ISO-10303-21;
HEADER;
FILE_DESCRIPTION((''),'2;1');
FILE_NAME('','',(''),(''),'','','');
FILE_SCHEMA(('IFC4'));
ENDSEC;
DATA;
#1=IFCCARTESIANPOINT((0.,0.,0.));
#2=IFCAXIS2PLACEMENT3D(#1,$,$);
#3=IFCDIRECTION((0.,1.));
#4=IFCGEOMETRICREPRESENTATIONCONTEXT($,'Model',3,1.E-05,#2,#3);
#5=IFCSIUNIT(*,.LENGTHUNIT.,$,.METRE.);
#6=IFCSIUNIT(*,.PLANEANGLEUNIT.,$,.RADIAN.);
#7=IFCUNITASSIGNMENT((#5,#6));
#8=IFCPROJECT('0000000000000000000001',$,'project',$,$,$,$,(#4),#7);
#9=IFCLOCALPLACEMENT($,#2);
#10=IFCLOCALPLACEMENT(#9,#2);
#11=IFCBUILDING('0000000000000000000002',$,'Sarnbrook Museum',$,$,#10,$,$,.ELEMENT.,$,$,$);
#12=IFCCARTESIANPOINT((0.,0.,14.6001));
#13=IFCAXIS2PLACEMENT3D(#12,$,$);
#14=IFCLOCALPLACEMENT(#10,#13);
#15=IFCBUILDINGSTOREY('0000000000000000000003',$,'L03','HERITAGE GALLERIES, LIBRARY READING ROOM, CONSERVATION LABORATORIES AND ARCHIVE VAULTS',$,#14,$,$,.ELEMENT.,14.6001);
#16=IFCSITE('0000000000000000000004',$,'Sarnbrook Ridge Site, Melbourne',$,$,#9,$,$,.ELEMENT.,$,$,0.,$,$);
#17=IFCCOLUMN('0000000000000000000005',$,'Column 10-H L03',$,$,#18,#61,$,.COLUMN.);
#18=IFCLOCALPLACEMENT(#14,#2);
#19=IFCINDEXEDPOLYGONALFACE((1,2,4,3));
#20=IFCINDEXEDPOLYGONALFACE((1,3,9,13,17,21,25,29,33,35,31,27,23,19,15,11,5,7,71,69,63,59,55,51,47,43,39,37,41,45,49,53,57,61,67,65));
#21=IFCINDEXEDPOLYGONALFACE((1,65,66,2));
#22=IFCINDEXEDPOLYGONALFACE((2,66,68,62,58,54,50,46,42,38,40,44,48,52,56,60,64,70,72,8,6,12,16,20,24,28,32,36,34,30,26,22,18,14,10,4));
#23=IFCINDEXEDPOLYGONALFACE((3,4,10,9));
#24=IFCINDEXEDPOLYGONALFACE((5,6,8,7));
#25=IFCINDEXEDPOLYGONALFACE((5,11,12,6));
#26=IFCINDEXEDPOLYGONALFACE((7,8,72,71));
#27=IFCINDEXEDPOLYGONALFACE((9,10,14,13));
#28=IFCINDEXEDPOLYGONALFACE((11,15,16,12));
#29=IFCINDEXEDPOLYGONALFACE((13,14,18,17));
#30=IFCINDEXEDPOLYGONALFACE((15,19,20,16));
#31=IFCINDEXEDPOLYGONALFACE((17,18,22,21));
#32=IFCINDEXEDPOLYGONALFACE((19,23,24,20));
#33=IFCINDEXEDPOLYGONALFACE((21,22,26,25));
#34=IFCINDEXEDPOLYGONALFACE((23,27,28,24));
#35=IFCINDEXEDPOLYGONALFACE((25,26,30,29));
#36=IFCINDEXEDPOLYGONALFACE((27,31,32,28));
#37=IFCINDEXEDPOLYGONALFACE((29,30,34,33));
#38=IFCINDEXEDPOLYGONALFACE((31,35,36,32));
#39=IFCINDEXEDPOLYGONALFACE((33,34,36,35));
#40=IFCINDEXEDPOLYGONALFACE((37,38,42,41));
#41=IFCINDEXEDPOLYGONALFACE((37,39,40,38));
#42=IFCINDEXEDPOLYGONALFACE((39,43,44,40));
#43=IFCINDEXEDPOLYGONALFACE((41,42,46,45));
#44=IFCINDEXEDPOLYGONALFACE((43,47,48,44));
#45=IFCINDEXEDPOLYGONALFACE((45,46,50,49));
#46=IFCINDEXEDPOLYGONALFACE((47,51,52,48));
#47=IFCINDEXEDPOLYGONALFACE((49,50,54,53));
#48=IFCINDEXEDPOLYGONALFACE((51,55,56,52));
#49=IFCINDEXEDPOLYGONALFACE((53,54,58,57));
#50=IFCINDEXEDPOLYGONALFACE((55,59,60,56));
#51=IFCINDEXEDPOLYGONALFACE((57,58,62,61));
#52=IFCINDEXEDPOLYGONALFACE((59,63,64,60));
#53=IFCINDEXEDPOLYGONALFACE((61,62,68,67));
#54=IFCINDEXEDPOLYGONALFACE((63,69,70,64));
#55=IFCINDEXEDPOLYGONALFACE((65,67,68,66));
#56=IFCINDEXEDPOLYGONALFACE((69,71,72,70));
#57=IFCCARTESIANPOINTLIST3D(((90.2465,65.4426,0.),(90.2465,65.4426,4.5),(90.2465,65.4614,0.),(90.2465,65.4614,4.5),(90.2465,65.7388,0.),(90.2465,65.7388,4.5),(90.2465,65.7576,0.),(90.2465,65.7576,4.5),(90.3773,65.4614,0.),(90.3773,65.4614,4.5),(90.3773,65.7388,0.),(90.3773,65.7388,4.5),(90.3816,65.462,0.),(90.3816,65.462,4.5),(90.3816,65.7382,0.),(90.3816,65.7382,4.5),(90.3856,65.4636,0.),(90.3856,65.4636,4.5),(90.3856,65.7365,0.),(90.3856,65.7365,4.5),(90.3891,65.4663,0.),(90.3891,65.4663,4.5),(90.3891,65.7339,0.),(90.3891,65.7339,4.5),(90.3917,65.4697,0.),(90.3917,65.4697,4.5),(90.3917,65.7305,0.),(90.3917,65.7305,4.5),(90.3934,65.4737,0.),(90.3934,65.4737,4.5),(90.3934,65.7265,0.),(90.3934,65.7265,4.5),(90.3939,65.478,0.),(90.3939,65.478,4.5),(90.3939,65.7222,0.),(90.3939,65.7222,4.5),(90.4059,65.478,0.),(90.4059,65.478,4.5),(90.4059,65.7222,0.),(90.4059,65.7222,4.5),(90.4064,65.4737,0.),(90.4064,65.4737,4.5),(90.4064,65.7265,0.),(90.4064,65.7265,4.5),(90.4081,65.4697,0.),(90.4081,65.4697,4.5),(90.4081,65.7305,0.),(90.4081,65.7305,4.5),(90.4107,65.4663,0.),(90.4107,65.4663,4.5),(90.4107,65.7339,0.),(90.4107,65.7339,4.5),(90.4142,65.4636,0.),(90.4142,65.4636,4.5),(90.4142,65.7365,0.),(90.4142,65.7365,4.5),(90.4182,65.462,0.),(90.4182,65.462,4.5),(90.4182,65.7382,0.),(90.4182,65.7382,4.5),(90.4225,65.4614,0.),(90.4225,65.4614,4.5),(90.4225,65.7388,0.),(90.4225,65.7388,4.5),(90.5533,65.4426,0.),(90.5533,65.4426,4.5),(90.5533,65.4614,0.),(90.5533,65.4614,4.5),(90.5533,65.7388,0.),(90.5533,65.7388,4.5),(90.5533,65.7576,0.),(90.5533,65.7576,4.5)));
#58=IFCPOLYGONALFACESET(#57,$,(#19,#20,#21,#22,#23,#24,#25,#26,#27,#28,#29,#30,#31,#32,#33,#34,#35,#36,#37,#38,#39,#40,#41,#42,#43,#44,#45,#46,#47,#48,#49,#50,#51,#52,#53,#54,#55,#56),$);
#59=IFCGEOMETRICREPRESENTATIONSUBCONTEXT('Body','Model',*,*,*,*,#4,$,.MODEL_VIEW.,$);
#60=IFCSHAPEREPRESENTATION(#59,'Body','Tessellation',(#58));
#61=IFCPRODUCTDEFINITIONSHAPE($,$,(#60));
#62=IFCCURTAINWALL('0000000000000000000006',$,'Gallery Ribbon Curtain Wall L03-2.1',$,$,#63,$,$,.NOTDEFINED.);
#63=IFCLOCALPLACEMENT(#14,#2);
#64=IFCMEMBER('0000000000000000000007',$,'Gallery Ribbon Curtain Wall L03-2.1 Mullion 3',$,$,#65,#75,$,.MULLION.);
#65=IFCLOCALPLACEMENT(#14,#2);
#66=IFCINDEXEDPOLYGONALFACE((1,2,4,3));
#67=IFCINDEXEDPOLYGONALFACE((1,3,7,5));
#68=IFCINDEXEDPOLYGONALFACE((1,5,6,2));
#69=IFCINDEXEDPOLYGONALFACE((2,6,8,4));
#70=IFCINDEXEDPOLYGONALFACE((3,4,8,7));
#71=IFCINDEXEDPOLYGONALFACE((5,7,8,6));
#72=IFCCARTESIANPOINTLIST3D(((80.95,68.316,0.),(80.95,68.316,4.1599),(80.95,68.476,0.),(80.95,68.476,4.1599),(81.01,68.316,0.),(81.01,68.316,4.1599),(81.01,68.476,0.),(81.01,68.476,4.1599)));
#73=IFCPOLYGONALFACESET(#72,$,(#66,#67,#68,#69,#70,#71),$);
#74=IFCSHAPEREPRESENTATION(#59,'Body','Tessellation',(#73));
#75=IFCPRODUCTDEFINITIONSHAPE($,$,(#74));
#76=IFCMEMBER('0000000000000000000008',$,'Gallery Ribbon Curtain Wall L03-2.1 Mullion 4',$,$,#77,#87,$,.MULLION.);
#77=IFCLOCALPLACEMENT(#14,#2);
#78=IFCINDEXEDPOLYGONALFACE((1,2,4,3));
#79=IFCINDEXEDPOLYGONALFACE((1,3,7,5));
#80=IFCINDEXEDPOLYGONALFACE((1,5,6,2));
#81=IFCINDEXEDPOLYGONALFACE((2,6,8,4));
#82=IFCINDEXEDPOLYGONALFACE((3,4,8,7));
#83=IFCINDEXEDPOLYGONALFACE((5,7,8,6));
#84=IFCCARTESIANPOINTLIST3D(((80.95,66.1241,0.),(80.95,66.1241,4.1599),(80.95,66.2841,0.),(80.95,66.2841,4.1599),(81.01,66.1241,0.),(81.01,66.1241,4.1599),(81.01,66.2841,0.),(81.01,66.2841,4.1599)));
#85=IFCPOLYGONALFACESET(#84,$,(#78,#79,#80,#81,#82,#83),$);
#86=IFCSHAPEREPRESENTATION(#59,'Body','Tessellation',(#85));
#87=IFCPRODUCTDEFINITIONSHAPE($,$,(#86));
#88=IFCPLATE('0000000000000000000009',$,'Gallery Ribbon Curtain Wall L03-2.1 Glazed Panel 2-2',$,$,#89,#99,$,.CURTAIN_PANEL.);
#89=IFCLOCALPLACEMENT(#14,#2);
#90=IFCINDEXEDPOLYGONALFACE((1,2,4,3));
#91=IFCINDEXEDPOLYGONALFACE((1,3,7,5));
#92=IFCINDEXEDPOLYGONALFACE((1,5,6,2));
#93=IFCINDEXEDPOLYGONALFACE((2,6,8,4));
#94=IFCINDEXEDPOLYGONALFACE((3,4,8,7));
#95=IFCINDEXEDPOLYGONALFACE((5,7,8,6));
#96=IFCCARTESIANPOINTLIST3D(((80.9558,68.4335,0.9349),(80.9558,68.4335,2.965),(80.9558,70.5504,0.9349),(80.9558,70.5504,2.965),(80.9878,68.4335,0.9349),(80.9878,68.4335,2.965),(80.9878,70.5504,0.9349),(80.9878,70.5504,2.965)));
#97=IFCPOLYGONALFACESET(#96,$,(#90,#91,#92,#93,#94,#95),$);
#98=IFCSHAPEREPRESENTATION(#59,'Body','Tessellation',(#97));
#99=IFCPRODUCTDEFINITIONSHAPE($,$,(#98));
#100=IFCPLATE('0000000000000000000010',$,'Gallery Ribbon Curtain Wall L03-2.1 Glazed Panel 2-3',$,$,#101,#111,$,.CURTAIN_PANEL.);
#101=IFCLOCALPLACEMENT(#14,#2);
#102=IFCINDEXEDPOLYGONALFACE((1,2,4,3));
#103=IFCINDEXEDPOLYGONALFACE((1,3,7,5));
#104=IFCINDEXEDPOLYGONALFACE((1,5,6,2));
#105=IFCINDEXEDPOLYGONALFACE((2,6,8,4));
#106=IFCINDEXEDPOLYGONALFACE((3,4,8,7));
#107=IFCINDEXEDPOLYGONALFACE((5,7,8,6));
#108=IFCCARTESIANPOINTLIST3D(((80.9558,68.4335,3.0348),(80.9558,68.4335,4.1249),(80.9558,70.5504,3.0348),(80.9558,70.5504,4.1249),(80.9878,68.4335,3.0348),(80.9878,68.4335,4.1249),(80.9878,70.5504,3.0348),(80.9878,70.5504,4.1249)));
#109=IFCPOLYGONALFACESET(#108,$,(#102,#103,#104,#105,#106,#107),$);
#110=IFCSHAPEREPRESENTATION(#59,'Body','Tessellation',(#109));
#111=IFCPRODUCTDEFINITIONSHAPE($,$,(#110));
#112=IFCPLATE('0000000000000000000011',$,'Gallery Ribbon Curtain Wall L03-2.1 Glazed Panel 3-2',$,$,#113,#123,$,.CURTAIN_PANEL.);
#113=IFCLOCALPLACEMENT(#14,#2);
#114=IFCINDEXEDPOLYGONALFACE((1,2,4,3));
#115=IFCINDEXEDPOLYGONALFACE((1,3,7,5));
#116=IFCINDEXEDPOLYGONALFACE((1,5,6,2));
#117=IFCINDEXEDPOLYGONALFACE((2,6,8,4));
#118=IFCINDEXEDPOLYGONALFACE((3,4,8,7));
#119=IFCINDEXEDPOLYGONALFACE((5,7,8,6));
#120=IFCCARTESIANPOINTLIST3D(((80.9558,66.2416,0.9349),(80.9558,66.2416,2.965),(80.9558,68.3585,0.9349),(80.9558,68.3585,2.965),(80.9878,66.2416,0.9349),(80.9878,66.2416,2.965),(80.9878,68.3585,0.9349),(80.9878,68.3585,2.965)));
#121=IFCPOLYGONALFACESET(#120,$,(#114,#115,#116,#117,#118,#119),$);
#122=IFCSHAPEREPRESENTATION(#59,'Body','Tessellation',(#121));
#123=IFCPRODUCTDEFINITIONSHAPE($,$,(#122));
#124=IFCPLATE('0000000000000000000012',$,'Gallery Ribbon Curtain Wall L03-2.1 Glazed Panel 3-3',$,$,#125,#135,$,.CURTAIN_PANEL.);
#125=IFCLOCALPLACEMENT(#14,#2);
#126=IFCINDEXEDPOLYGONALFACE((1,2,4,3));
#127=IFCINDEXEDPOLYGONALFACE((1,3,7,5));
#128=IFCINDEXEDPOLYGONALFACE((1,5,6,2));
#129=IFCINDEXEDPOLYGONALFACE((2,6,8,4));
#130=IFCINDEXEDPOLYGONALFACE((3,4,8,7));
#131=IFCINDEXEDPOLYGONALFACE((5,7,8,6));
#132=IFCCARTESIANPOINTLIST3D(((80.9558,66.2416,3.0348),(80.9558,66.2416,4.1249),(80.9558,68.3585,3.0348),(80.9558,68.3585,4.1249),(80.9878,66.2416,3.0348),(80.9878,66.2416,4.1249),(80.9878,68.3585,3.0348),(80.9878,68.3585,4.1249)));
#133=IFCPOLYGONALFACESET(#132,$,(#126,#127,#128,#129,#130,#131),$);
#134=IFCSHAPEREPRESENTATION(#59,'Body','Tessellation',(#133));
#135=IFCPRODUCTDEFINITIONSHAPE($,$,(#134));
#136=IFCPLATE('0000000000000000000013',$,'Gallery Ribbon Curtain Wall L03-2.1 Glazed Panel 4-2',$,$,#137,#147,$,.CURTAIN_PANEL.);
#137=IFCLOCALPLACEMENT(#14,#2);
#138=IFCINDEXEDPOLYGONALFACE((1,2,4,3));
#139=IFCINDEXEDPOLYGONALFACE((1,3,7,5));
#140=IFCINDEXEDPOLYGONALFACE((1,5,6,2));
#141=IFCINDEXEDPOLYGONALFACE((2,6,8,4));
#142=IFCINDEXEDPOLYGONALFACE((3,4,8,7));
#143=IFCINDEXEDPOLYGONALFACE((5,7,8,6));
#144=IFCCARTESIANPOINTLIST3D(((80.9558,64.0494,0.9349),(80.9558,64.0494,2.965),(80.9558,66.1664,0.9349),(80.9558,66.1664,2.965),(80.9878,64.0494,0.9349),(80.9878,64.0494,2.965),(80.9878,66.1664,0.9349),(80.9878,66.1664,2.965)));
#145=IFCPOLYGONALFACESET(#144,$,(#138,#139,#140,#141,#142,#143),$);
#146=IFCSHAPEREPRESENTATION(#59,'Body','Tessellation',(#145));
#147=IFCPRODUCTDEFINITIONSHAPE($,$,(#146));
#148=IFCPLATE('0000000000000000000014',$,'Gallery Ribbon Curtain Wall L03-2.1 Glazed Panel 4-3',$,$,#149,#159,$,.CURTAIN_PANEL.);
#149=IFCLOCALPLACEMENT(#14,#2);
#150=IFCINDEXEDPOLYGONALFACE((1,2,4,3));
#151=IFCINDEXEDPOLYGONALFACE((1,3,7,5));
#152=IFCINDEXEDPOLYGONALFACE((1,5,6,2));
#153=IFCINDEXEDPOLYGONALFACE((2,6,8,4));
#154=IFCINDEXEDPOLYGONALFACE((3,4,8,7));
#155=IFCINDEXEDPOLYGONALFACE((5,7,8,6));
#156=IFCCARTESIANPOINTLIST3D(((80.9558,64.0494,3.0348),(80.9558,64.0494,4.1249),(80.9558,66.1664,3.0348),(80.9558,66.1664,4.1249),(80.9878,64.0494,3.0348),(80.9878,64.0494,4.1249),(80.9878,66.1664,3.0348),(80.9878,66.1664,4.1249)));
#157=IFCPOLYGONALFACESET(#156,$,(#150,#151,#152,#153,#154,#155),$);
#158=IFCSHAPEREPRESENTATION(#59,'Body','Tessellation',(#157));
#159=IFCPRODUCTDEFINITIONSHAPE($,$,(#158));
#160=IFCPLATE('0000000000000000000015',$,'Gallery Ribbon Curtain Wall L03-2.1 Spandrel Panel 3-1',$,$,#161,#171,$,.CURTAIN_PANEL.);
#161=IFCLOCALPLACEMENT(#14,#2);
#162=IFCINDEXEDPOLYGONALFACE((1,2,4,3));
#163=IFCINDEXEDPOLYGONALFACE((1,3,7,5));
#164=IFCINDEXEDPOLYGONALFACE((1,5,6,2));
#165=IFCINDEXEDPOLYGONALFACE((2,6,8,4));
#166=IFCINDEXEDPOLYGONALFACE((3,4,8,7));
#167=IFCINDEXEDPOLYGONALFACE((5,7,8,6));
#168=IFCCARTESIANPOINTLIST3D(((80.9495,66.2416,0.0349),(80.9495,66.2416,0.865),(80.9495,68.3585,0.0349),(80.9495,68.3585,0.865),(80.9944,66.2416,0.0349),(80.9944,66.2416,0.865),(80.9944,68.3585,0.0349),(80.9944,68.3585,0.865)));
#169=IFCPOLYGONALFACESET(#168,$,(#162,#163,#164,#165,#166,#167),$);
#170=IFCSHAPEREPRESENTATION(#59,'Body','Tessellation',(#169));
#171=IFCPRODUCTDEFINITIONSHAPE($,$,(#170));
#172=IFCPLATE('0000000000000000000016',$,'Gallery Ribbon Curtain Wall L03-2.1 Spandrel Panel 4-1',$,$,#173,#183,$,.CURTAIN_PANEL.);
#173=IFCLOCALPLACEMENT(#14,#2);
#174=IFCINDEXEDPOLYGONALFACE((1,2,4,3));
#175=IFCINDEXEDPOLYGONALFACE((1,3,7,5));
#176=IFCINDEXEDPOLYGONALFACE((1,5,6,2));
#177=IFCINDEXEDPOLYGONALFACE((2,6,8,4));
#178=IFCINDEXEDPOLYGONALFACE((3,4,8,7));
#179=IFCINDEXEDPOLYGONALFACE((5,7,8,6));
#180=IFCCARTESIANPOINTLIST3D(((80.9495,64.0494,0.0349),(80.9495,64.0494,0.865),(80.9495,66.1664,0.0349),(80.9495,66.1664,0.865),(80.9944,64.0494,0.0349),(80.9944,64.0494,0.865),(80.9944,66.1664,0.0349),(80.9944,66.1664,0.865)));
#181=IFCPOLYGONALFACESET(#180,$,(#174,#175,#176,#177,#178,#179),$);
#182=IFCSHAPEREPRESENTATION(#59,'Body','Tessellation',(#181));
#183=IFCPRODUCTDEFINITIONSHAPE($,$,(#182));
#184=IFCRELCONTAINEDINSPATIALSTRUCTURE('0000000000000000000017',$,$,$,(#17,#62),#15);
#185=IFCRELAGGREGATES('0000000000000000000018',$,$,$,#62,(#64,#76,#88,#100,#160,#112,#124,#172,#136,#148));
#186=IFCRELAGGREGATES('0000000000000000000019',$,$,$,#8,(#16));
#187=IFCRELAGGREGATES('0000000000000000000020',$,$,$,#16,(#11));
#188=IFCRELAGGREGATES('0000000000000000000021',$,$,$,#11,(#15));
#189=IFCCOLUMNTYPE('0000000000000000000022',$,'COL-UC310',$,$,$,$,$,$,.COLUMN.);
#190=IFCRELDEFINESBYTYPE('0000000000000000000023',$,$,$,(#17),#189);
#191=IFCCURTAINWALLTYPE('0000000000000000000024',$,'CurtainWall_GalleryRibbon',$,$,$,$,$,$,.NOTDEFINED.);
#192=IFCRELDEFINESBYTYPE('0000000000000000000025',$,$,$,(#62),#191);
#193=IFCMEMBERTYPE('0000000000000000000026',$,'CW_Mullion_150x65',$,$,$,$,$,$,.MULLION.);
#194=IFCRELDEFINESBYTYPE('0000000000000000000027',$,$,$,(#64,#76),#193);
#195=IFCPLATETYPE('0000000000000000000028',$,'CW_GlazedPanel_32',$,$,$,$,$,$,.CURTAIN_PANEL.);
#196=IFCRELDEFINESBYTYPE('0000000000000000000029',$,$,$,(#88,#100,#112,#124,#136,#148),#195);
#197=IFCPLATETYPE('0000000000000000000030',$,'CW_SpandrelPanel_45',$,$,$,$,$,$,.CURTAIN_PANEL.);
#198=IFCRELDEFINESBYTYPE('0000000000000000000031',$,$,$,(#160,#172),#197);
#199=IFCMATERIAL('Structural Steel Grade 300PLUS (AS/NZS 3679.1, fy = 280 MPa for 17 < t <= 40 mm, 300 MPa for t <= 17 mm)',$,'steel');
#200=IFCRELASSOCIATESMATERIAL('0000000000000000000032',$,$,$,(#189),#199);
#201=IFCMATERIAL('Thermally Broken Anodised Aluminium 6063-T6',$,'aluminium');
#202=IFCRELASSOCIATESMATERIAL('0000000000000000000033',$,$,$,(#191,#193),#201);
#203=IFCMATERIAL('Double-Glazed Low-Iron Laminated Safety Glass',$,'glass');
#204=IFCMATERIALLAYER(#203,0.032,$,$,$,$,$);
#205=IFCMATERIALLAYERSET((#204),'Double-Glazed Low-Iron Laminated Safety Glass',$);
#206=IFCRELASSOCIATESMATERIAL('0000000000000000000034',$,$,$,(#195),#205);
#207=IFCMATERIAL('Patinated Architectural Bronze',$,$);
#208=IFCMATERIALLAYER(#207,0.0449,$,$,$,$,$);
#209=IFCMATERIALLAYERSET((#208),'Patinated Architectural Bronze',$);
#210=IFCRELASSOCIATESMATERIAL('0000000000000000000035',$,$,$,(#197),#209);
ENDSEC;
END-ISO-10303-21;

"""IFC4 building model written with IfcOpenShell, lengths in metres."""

from ifc_helpers import new_model, si_unit, direction, frame, origin, origin_2d, place, context, subcontext, project, spatial, rectangle, i_section, extrude, material, layer, layer_set, material_profile, profile_set, type_object, element, aggregate, save


model = new_model("IFC4")

# Units and contexts
model_context = context("Model", 3, precision=1e-05, world=origin(), true_north=direction((0.0, 1.0)))
body_context = subcontext(model_context, "Body", "Model", "MODEL_VIEW")
ifc_project = project(units=[si_unit("LENGTHUNIT", "METRE"), si_unit("PLANEANGLEUNIT", "RADIAN")], contexts=[model_context])

# Site, building, storey
site_placement = place(None, origin())
site = spatial("IfcSite", under=ifc_project, at=site_placement, Name="Sarnbrook Ridge Site, Melbourne", CompositionType="ELEMENT", RefElevation=0.0)
building_placement = place(site_placement, origin())
building = spatial("IfcBuilding", under=site, at=building_placement, Name="Sarnbrook Museum", CompositionType="ELEMENT")
storey_placement = place(building_placement, frame((0.0, 0.0, 14.6001)))
storey = spatial("IfcBuildingStorey", under=building, at=storey_placement, Name="L03", Description="HERITAGE GALLERIES, LIBRARY READING ROOM, CONSERVATION LABORATORIES AND ARCHIVE VAULTS", CompositionType="ELEMENT", Elevation=14.6001)

# Column
ifc_material_1 = material(Name="Structural Steel Grade 300PLUS (AS/NZS 3679.1, fy = 280 MPa for 17 < t <= 40 mm, 300 MPa for t <= 17 mm)", Category="steel")
ifc_material_profile_1 = material_profile(ifc_material_1, i_section(OverallWidth=0.3069, OverallDepth=0.3149, WebThickness=0.012, FlangeThickness=0.0188, FilletRadius=0.0166, at=origin_2d()), Name="310UC118")
ifc_profile_set_1 = profile_set([ifc_material_profile_1], Name="Structural Steel Grade 300PLUS (AS/NZS 3679.1, fy = 280 MPa for 17 < t <= 40 mm, 300 MPa for t <= 17 mm)")
column_type = type_object("IfcColumnType", Name="COL-UC310", PredefinedType="COLUMN", material=ifc_profile_set_1)
column_placement = place(storey_placement, frame((90.3999, 65.6001, 0.0), z_axis=(0.0, 0.0, 1.0), x_axis=(1.0, 0.0, 0.0)))
element("IfcColumn", 1, at=column_placement, inside=storey, type_object=column_type, Name="Column 10-H L03", PredefinedType="COLUMN", context=body_context, shape_type="SweptSolid", body=[
    extrude(i_section(OverallWidth=0.3069, OverallDepth=0.3149, WebThickness=0.012, FlangeThickness=0.0188, FilletRadius=0.0166, at=origin_2d()), origin(), (0.0, 0.0, 1.0), 4.5),
])

# Curtain wall, members, plates
ifc_material_2 = material(Name="Thermally Broken Anodised Aluminium 6063-T6", Category="aluminium")
curtain_wall_type = type_object("IfcCurtainWallType", Name="CurtainWall_GalleryRibbon", PredefinedType="NOTDEFINED", material=ifc_material_2)
curtain_wall_placement = place(storey_placement, origin())
curtain_wall = element("IfcCurtainWall", 2, at=curtain_wall_placement, inside=storey, type_object=curtain_wall_type, Name="Gallery Ribbon Curtain Wall L03-2.1", PredefinedType="NOTDEFINED")
ifc_material_profile_2 = material_profile(ifc_material_2, rectangle(XDim=0.0601, YDim=0.1599, at=origin_2d()), Name="ALU MULLION 60x160")
ifc_profile_set_2 = profile_set([ifc_material_profile_2], Name="Thermally Broken Anodised Aluminium 6063-T6")
member_type = type_object("IfcMemberType", Name="CW_Mullion_150x65", PredefinedType="MULLION", material=ifc_profile_set_2)
member_1_placement = place(storey_placement, frame((80.98, 68.396, 0.0), z_axis=(0.0, 0.0, 1.0), x_axis=(1.0, 0.0, 0.0)))
member_1 = element("IfcMember", 3, at=member_1_placement, type_object=member_type, Name="Gallery Ribbon Curtain Wall L03-2.1 Mullion 3", PredefinedType="MULLION", context=body_context, shape_type="SweptSolid", body=[
    extrude(rectangle(XDim=0.0601, YDim=0.1599, at=origin_2d()), origin(), (0.0, 0.0, 1.0), 4.1599),
])
member_2_placement = place(storey_placement, frame((80.98, 66.2041, 0.0), z_axis=(0.0, 0.0, 1.0), x_axis=(1.0, 0.0, 0.0)))
member_2 = element("IfcMember", 4, at=member_2_placement, type_object=member_type, Name="Gallery Ribbon Curtain Wall L03-2.1 Mullion 4", PredefinedType="MULLION", context=body_context, shape_type="SweptSolid", body=[
    extrude(rectangle(XDim=0.0601, YDim=0.1599, at=origin_2d()), origin(), (0.0, 0.0, 1.0), 4.1599),
])
ifc_material_3 = material(Name="Double-Glazed Low-Iron Laminated Safety Glass", Category="glass")
ifc_layer_1 = layer(ifc_material_3, 0.032)
ifc_layer_set_1 = layer_set([ifc_layer_1], Name="Double-Glazed Low-Iron Laminated Safety Glass")
plate_type_1 = type_object("IfcPlateType", Name="CW_GlazedPanel_32", PredefinedType="CURTAIN_PANEL", material=ifc_layer_set_1)
plate_1_placement = place(storey_placement, frame((80.9878, 69.4919, 1.95), z_axis=(-1.0, 0.0, 0.0), x_axis=(0.0, -1.0, 0.0)))
plate_1 = element("IfcPlate", 5, at=plate_1_placement, type_object=plate_type_1, Name="Gallery Ribbon Curtain Wall L03-2.1 Glazed Panel 2-2", PredefinedType="CURTAIN_PANEL", context=body_context, shape_type="SweptSolid", body=[
    extrude(rectangle(XDim=2.1169, YDim=2.03, at=origin_2d()), origin(), (0.0, 0.0, 1.0), 0.032),
])
plate_2_placement = place(storey_placement, frame((80.9878, 69.4919, 3.5798), z_axis=(-1.0, 0.0, 0.0), x_axis=(0.0, -1.0, 0.0)))
plate_2 = element("IfcPlate", 6, at=plate_2_placement, type_object=plate_type_1, Name="Gallery Ribbon Curtain Wall L03-2.1 Glazed Panel 2-3", PredefinedType="CURTAIN_PANEL", context=body_context, shape_type="SweptSolid", body=[
    extrude(rectangle(XDim=2.1169, YDim=1.0901, at=origin_2d()), origin(), (0.0, 0.0, 1.0), 0.032),
])
plate_3_placement = place(storey_placement, frame((80.9878, 67.3, 1.95), z_axis=(-1.0, 0.0, 0.0), x_axis=(0.0, -1.0, 0.0)))
plate_3 = element("IfcPlate", 7, at=plate_3_placement, type_object=plate_type_1, Name="Gallery Ribbon Curtain Wall L03-2.1 Glazed Panel 3-2", PredefinedType="CURTAIN_PANEL", context=body_context, shape_type="SweptSolid", body=[
    extrude(rectangle(XDim=2.1169, YDim=2.03, at=origin_2d()), origin(), (0.0, 0.0, 1.0), 0.032),
])
plate_4_placement = place(storey_placement, frame((80.9878, 67.3, 3.5798), z_axis=(-1.0, 0.0, 0.0), x_axis=(0.0, -1.0, 0.0)))
plate_4 = element("IfcPlate", 8, at=plate_4_placement, type_object=plate_type_1, Name="Gallery Ribbon Curtain Wall L03-2.1 Glazed Panel 3-3", PredefinedType="CURTAIN_PANEL", context=body_context, shape_type="SweptSolid", body=[
    extrude(rectangle(XDim=2.1169, YDim=1.0901, at=origin_2d()), origin(), (0.0, 0.0, 1.0), 0.032),
])
plate_5_placement = place(storey_placement, frame((80.9878, 65.1079, 1.95), z_axis=(-1.0, 0.0, 0.0), x_axis=(0.0, -1.0, 0.0)))
plate_5 = element("IfcPlate", 9, at=plate_5_placement, type_object=plate_type_1, Name="Gallery Ribbon Curtain Wall L03-2.1 Glazed Panel 4-2", PredefinedType="CURTAIN_PANEL", context=body_context, shape_type="SweptSolid", body=[
    extrude(rectangle(XDim=2.1169, YDim=2.03, at=origin_2d()), origin(), (0.0, 0.0, 1.0), 0.032),
])
plate_6_placement = place(storey_placement, frame((80.9878, 65.1079, 3.5798), z_axis=(-1.0, 0.0, 0.0), x_axis=(0.0, -1.0, 0.0)))
plate_6 = element("IfcPlate", 10, at=plate_6_placement, type_object=plate_type_1, Name="Gallery Ribbon Curtain Wall L03-2.1 Glazed Panel 4-3", PredefinedType="CURTAIN_PANEL", context=body_context, shape_type="SweptSolid", body=[
    extrude(rectangle(XDim=2.1169, YDim=1.0901, at=origin_2d()), origin(), (0.0, 0.0, 1.0), 0.032),
])
ifc_material_4 = material(Name="Patinated Architectural Bronze")
ifc_layer_2 = layer(ifc_material_4, 0.0449)
ifc_layer_set_2 = layer_set([ifc_layer_2], Name="Patinated Architectural Bronze")
plate_type_2 = type_object("IfcPlateType", Name="CW_SpandrelPanel_45", PredefinedType="CURTAIN_PANEL", material=ifc_layer_set_2)
plate_7_placement = place(storey_placement, frame((80.9944, 67.3, 0.45), z_axis=(-1.0, 0.0, 0.0), x_axis=(0.0, -1.0, 0.0)))
plate_7 = element("IfcPlate", 11, at=plate_7_placement, type_object=plate_type_2, Name="Gallery Ribbon Curtain Wall L03-2.1 Spandrel Panel 3-1", PredefinedType="CURTAIN_PANEL", context=body_context, shape_type="SweptSolid", body=[
    extrude(rectangle(XDim=2.1169, YDim=0.8301, at=origin_2d()), origin(), (0.0, 0.0, 1.0), 0.0449),
])
plate_8_placement = place(storey_placement, frame((80.9944, 65.1079, 0.45), z_axis=(-1.0, 0.0, 0.0), x_axis=(0.0, -1.0, 0.0)))
plate_8 = element("IfcPlate", 12, at=plate_8_placement, type_object=plate_type_2, Name="Gallery Ribbon Curtain Wall L03-2.1 Spandrel Panel 4-1", PredefinedType="CURTAIN_PANEL", context=body_context, shape_type="SweptSolid", body=[
    extrude(rectangle(XDim=2.1169, YDim=0.8301, at=origin_2d()), origin(), (0.0, 0.0, 1.0), 0.0449),
])
aggregate(curtain_wall, [member_1, member_2, plate_1, plate_2, plate_7, plate_3, plate_4, plate_8, plate_5, plate_6])

save(model, "model.ifc")
